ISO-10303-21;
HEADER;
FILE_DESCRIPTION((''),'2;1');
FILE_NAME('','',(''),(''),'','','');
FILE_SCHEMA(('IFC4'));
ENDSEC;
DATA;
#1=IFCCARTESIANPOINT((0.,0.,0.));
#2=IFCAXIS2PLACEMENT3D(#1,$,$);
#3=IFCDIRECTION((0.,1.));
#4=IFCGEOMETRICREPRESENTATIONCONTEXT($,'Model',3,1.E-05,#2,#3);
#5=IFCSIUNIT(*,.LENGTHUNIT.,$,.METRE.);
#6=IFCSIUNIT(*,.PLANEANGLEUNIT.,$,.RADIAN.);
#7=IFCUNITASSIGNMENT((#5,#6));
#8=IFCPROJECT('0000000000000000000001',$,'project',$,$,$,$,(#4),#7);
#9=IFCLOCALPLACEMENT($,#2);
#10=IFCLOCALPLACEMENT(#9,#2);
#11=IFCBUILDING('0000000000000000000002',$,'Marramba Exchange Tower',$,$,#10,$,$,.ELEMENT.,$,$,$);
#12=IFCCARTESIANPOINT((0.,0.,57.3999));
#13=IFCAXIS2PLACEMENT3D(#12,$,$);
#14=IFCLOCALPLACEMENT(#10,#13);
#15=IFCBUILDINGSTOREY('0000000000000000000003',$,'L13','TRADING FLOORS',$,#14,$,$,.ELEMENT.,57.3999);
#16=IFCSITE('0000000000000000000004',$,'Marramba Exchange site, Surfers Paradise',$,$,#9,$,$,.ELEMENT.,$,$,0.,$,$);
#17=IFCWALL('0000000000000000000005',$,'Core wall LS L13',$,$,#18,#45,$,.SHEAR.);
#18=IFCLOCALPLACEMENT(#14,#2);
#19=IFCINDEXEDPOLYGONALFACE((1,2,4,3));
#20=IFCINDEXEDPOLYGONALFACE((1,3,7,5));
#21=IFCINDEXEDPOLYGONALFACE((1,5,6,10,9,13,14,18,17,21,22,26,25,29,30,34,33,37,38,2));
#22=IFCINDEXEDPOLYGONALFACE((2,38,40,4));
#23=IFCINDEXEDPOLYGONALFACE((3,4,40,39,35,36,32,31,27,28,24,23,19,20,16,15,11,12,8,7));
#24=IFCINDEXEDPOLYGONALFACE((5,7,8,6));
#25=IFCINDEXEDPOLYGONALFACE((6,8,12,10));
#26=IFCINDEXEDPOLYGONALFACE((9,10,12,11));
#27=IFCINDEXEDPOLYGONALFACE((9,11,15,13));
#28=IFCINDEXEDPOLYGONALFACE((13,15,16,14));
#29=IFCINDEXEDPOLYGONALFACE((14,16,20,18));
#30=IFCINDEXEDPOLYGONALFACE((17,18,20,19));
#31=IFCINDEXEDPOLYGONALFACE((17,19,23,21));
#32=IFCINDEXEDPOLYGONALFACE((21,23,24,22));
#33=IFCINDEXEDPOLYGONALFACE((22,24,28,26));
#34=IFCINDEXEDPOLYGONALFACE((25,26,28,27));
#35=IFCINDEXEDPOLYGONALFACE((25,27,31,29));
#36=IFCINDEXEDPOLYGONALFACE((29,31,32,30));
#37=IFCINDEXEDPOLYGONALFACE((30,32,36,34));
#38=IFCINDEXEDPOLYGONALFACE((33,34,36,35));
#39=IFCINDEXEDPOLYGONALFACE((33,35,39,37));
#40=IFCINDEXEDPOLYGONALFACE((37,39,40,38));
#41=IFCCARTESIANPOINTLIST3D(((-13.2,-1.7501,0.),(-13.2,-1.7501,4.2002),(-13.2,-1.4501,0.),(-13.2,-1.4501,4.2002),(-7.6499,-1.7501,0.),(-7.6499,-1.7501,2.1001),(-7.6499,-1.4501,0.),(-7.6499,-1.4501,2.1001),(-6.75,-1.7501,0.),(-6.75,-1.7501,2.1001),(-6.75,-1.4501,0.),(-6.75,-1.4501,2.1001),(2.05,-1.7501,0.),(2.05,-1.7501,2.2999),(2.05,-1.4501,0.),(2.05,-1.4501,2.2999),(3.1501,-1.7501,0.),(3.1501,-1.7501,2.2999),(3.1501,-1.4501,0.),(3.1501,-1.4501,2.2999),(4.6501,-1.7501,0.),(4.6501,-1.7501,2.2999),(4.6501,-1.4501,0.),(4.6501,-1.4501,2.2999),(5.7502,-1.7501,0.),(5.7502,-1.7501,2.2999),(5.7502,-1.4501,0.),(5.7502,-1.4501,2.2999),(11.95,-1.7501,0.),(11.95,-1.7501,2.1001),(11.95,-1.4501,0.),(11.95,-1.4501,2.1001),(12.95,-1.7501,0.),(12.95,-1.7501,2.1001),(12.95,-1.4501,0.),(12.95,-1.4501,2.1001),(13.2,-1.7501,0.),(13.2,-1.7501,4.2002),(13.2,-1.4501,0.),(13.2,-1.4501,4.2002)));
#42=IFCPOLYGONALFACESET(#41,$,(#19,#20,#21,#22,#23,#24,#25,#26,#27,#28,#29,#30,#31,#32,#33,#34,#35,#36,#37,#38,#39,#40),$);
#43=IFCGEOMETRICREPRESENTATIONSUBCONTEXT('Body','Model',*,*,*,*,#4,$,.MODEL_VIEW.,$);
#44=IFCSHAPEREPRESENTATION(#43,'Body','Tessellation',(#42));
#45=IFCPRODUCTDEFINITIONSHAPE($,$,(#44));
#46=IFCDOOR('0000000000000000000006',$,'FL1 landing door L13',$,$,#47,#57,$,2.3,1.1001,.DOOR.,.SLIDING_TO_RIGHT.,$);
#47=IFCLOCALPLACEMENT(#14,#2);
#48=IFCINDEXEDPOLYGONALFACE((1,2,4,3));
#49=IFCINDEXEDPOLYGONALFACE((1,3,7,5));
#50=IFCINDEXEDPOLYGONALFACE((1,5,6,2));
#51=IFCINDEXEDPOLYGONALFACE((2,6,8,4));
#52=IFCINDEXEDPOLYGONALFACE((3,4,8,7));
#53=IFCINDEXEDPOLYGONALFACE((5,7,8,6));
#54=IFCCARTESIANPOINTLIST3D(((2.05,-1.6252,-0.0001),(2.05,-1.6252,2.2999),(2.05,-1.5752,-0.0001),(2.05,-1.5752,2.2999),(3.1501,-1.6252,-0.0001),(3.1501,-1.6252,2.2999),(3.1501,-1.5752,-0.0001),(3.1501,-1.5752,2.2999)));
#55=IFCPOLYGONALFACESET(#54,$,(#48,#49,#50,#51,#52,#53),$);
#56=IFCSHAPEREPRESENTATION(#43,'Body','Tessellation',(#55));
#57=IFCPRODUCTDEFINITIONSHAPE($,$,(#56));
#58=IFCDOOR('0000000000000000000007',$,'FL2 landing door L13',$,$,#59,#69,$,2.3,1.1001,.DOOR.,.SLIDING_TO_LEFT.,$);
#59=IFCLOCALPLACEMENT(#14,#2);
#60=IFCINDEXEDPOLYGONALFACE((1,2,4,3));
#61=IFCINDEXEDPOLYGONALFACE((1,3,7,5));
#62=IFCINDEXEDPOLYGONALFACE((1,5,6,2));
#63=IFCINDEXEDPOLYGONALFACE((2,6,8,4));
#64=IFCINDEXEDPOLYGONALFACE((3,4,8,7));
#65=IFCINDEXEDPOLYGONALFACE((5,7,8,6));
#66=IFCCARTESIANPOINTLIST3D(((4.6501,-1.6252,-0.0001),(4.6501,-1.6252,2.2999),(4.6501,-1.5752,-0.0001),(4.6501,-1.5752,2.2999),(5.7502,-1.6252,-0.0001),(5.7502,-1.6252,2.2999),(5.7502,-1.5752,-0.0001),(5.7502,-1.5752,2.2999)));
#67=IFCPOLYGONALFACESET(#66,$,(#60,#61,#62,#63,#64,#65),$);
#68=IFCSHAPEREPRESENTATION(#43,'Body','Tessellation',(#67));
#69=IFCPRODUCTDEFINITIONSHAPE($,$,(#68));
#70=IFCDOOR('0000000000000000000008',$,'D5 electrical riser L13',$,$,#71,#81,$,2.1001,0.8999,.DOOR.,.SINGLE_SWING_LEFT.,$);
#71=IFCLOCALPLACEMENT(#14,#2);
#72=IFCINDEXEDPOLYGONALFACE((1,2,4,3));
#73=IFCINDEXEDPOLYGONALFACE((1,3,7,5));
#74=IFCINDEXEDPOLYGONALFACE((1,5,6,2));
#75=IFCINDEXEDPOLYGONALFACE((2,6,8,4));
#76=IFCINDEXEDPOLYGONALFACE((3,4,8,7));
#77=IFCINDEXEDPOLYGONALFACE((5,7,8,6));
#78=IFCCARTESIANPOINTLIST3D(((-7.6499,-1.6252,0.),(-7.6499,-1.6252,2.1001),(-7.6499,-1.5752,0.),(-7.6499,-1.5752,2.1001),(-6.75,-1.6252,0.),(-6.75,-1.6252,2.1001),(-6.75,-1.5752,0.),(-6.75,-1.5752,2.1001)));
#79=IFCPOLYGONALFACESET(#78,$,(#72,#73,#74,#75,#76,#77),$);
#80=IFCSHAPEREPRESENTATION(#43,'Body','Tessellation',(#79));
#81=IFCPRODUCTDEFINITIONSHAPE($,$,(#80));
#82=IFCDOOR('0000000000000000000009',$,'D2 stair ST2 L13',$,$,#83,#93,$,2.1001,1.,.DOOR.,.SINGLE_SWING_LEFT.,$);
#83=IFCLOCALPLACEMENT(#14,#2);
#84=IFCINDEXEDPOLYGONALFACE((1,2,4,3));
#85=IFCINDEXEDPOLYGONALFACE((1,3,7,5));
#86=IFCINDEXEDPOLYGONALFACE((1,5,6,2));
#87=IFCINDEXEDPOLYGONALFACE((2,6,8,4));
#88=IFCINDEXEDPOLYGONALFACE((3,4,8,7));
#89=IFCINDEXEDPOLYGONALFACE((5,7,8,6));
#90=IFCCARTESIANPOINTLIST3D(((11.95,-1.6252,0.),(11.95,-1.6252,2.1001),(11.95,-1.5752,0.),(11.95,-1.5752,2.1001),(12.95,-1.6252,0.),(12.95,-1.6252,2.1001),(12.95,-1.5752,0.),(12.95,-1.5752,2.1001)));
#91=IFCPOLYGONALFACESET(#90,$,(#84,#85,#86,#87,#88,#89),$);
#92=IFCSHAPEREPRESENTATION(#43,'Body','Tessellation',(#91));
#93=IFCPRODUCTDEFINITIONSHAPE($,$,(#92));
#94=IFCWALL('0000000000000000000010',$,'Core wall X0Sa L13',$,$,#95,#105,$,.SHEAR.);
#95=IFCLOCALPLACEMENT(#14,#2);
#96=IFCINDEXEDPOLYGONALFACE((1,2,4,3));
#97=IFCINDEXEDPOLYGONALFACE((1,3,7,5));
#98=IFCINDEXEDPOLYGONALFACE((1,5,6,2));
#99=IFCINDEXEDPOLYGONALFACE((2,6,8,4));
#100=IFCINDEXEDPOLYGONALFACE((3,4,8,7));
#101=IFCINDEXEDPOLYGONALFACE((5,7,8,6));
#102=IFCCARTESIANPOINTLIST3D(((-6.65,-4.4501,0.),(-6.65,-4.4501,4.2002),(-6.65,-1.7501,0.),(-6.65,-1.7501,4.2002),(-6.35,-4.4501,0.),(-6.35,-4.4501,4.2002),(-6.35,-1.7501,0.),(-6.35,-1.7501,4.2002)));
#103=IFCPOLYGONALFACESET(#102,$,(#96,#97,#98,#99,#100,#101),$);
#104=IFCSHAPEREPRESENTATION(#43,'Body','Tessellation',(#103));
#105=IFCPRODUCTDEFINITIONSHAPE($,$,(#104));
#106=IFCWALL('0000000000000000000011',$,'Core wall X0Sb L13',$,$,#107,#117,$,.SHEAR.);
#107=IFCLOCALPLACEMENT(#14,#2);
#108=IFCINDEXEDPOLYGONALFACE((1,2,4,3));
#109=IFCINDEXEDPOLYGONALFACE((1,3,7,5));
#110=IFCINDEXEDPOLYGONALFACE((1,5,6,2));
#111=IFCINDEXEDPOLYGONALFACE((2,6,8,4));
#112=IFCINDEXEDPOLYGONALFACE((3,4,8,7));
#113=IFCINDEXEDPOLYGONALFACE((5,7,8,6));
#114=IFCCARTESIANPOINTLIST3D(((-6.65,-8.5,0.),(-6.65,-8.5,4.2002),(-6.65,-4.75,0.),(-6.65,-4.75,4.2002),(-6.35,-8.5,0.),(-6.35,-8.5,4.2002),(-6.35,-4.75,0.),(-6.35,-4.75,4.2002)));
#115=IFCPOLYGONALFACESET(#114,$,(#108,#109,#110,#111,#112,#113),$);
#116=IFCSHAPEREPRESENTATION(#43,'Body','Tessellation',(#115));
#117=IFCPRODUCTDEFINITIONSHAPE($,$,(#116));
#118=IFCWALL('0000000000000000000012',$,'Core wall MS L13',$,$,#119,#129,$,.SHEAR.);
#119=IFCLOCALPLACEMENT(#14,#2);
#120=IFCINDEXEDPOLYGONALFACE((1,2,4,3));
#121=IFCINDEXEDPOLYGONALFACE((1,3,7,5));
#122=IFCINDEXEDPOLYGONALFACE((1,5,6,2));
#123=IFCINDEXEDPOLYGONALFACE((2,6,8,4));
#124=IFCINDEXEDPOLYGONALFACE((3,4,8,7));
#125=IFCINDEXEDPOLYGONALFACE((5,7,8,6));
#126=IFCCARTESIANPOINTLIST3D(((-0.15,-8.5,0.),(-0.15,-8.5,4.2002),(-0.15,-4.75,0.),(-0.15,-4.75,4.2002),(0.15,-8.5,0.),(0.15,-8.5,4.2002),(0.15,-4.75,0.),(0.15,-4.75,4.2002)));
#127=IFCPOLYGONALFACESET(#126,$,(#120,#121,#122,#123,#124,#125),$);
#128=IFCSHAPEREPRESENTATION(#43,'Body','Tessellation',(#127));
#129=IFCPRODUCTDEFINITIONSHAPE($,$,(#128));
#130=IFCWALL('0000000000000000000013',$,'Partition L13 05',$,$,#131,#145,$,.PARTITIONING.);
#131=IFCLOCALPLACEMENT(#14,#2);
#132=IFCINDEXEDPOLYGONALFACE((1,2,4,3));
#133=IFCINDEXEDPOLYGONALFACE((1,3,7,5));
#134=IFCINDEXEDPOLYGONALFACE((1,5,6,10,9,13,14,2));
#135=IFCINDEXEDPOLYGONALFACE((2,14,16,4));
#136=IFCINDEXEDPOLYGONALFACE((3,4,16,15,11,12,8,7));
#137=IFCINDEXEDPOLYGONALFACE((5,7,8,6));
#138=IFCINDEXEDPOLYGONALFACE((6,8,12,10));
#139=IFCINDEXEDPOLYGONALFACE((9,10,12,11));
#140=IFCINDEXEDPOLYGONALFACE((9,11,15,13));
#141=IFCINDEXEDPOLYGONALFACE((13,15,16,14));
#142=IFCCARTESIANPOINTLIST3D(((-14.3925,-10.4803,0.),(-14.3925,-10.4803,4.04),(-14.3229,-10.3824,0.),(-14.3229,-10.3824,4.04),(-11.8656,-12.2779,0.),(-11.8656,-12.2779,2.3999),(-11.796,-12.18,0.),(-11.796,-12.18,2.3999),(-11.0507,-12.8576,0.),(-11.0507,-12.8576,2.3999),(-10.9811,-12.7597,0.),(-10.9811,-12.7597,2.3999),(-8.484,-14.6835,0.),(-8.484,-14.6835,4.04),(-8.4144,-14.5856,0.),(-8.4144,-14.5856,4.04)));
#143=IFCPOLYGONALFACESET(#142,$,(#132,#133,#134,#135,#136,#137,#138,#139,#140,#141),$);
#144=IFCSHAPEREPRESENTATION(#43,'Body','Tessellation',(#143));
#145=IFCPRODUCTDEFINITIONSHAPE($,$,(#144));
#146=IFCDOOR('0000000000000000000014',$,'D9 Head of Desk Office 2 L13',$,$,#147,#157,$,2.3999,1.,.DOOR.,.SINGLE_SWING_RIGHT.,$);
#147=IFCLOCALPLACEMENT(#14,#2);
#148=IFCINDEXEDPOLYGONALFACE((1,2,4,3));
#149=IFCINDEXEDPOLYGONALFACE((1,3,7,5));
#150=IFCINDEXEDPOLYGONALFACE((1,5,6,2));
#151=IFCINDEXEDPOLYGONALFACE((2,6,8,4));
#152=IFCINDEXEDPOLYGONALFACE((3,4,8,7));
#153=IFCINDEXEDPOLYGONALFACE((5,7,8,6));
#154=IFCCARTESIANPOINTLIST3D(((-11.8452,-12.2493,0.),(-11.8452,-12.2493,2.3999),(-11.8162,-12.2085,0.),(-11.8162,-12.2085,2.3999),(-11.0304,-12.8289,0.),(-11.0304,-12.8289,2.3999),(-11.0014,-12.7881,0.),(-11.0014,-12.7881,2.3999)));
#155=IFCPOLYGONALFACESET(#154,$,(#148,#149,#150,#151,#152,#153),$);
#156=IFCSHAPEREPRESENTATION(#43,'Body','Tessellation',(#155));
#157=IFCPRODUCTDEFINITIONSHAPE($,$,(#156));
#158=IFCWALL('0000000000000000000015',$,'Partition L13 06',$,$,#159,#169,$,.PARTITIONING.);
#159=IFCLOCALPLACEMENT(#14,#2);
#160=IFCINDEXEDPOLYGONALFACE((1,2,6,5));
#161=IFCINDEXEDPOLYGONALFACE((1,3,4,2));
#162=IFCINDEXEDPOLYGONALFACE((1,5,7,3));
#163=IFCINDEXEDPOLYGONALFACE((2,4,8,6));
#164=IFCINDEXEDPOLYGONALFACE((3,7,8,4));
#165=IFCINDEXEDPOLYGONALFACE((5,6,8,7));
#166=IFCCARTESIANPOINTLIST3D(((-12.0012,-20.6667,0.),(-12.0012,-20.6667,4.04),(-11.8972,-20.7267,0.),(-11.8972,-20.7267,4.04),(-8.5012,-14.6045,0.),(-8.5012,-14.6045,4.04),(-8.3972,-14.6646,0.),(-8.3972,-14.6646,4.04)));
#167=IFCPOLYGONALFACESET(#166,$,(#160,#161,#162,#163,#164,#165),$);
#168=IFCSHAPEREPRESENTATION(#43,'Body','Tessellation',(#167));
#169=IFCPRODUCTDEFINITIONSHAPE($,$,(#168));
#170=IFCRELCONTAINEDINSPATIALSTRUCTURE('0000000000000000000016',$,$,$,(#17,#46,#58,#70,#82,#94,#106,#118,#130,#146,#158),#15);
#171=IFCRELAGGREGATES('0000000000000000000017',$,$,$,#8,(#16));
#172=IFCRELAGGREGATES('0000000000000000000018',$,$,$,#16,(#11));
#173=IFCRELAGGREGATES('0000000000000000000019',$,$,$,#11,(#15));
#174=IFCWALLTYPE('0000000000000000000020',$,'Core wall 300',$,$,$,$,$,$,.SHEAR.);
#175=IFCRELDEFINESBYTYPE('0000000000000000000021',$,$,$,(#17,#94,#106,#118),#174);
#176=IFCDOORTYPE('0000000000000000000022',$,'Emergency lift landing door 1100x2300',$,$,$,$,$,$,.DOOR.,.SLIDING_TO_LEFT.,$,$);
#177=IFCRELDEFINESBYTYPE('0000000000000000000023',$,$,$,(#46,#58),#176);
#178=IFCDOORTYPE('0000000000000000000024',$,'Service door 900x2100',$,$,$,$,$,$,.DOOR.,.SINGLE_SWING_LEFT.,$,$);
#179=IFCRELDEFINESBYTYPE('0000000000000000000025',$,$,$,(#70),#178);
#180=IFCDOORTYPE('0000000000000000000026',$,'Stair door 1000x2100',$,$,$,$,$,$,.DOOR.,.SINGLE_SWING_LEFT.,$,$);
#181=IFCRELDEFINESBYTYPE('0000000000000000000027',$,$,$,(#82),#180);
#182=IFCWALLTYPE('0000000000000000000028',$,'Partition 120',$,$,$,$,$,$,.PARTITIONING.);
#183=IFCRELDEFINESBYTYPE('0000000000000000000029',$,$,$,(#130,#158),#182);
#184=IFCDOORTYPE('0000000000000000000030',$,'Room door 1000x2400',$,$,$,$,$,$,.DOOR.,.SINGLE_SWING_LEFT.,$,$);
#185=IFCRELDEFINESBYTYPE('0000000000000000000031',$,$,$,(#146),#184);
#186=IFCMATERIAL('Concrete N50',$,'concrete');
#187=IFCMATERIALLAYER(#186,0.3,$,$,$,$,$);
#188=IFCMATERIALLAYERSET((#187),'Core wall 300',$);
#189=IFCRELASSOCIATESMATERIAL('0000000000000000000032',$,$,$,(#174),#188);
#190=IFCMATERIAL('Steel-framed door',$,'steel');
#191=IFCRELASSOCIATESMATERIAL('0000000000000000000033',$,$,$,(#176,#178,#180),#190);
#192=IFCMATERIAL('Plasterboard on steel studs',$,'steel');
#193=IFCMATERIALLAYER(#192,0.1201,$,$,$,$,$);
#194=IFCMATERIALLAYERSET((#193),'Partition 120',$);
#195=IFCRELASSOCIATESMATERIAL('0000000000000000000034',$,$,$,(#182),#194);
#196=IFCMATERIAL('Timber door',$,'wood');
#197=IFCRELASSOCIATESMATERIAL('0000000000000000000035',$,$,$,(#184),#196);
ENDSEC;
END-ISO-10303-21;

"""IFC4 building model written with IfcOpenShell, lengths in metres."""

from ifc_helpers import new_model, si_unit, direction, frame, frame_2d, origin, place, context, subcontext, project, spatial, rectangle, extrude, material, layer, layer_set, type_object, element, fill, save


model = new_model("IFC4")

# Units and contexts
model_context = context("Model", 3, precision=1e-05, world=origin(), true_north=direction((0.0, 1.0)))
body_context = subcontext(model_context, "Body", "Model", "MODEL_VIEW")
ifc_project = project(units=[si_unit("LENGTHUNIT", "METRE"), si_unit("PLANEANGLEUNIT", "RADIAN")], contexts=[model_context])

# Site, building, storey
site_placement = place(None, origin())
site = spatial("IfcSite", under=ifc_project, at=site_placement, Name="Marramba Exchange site, Surfers Paradise", CompositionType="ELEMENT", RefElevation=0.0)
building_placement = place(site_placement, origin())
building = spatial("IfcBuilding", under=site, at=building_placement, Name="Marramba Exchange Tower", CompositionType="ELEMENT")
storey_placement = place(building_placement, frame((0.0, 0.0, 57.3999)))
storey = spatial("IfcBuildingStorey", under=building, at=storey_placement, Name="L13", Description="TRADING FLOORS", CompositionType="ELEMENT", Elevation=57.3999)

# Shared definitions
ifc_material_1 = material(Name="Concrete N50", Category="concrete")

# Wall, openings, doors
ifc_layer_1 = layer(ifc_material_1, 0.3)
ifc_layer_set_1 = layer_set([ifc_layer_1], Name="Core wall 300")
wall_type_1 = type_object("IfcWallType", Name="Core wall 300", PredefinedType="SHEAR", material=ifc_layer_set_1)
wall_1_placement = place(storey_placement, frame((-13.2, -1.6001, 0.0), z_axis=(0.0, 0.0, 1.0), x_axis=(1.0, 0.0, 0.0)))
wall_1 = element("IfcWall", 1, at=wall_1_placement, inside=storey, type_object=wall_type_1, Name="Core wall LS L13", PredefinedType="SHEAR", context=body_context, shape_type="SweptSolid", body=[
    extrude(rectangle(XDim=26.3999, YDim=0.3, at=frame_2d((13.2, 0.0))), origin(), (0.0, 0.0, 1.0), 4.2002),
])
opening_1_placement = place(wall_1_placement, frame((25.1499, 0.0, 0.0)))
opening_1 = element("IfcOpeningElement", 2, at=opening_1_placement, cuts=wall_1, PredefinedType="OPENING", context=body_context, shape_type="SweptSolid", body=[
    extrude(rectangle(XDim=1.0, YDim=2.1001, at=frame_2d((0.5, 1.05))), frame((0.0, 0.1599, 0.0), z_axis=(0.0, -1.0, 0.0), x_axis=(1.0, 0.0, 0.0)), (0.0, 0.0, 1.0), 0.3201),
])
opening_2_placement = place(wall_1_placement, frame((15.25, 0.0, 0.0)))
opening_2 = element("IfcOpeningElement", 3, at=opening_2_placement, cuts=wall_1, PredefinedType="OPENING", context=body_context, shape_type="SweptSolid", body=[
    extrude(rectangle(XDim=1.1001, YDim=2.3, at=frame_2d((0.55, 1.1499))), frame((0.0, 0.1599, 0.0), z_axis=(0.0, -1.0, 0.0), x_axis=(1.0, 0.0, 0.0)), (0.0, 0.0, 1.0), 0.3201),
])
opening_3_placement = place(wall_1_placement, frame((17.8501, 0.0, 0.0)))
opening_3 = element("IfcOpeningElement", 4, at=opening_3_placement, cuts=wall_1, PredefinedType="OPENING", context=body_context, shape_type="SweptSolid", body=[
    extrude(rectangle(XDim=1.1001, YDim=2.3, at=frame_2d((0.55, 1.1499))), frame((0.0, 0.1599, 0.0), z_axis=(0.0, -1.0, 0.0), x_axis=(1.0, 0.0, 0.0)), (0.0, 0.0, 1.0), 0.3201),
])
opening_4_placement = place(wall_1_placement, frame((5.55, 0.0, 0.0)))
opening_4 = element("IfcOpeningElement", 5, at=opening_4_placement, cuts=wall_1, PredefinedType="OPENING", context=body_context, shape_type="SweptSolid", body=[
    extrude(rectangle(XDim=0.8999, YDim=2.1001, at=frame_2d((0.45, 1.05))), frame((0.0, 0.1599, 0.0), z_axis=(0.0, -1.0, 0.0), x_axis=(1.0, 0.0, 0.0)), (0.0, 0.0, 1.0), 0.3201),
])
ifc_material_2 = material(Name="Steel-framed door", Category="steel")
door_type_1 = type_object("IfcDoorType", Name="Emergency lift landing door 1100x2300", OperationType="SLIDING_TO_LEFT", PredefinedType="DOOR", material=ifc_material_2)
door_1_placement = place(opening_2_placement, frame((1.1001, 0.0, 0.0), z_axis=(0.0, 0.0, 1.0), x_axis=(-1.0, 0.0, 0.0)))
door_1 = element("IfcDoor", 6, at=door_1_placement, inside=storey, type_object=door_type_1, Name="FL1 landing door L13", OperationType="SLIDING_TO_RIGHT", OverallHeight=2.3, OverallWidth=1.1001, PredefinedType="DOOR", context=body_context, shape_type="SweptSolid", body=[
    extrude(rectangle(XDim=1.1001, YDim=2.3, at=frame_2d((0.55, 1.1499))), frame((0.0, 0.0251, 0.0), z_axis=(0.0, -1.0, 0.0), x_axis=(1.0, 0.0, 0.0)), (0.0, 0.0, 1.0), 0.05),
])
fill(opening_2, door_1)
door_2_placement = place(opening_3_placement, frame((1.1001, 0.0, 0.0), z_axis=(0.0, 0.0, 1.0), x_axis=(-1.0, 0.0, 0.0)))
door_2 = element("IfcDoor", 7, at=door_2_placement, inside=storey, type_object=door_type_1, Name="FL2 landing door L13", OperationType="SLIDING_TO_LEFT", OverallHeight=2.3, OverallWidth=1.1001, PredefinedType="DOOR", context=body_context, shape_type="SweptSolid", body=[
    extrude(rectangle(XDim=1.1001, YDim=2.3, at=frame_2d((0.55, 1.1499))), frame((0.0, 0.0251, 0.0), z_axis=(0.0, -1.0, 0.0), x_axis=(1.0, 0.0, 0.0)), (0.0, 0.0, 1.0), 0.05),
])
fill(opening_3, door_2)
door_type_2 = type_object("IfcDoorType", Name="Service door 900x2100", OperationType="SINGLE_SWING_LEFT", PredefinedType="DOOR", material=ifc_material_2)
door_3_placement = place(opening_4_placement, frame((0.8999, 0.0, 0.0), z_axis=(0.0, 0.0, 1.0), x_axis=(-1.0, 0.0, 0.0)))
door_3 = element("IfcDoor", 8, at=door_3_placement, inside=storey, type_object=door_type_2, Name="D5 electrical riser L13", OperationType="SINGLE_SWING_LEFT", OverallHeight=2.1001, OverallWidth=0.8999, PredefinedType="DOOR", context=body_context, shape_type="SweptSolid", body=[
    extrude(rectangle(XDim=0.8999, YDim=2.1001, at=frame_2d((0.45, 1.05))), frame((0.0, 0.0251, 0.0), z_axis=(0.0, -1.0, 0.0), x_axis=(1.0, 0.0, 0.0)), (0.0, 0.0, 1.0), 0.05),
])
fill(opening_4, door_3)
door_type_3 = type_object("IfcDoorType", Name="Stair door 1000x2100", OperationType="SINGLE_SWING_LEFT", PredefinedType="DOOR", material=ifc_material_2)
door_4_placement = place(opening_1_placement, frame((1.0, 0.0, 0.0), z_axis=(0.0, 0.0, 1.0), x_axis=(-1.0, 0.0, 0.0)))
door_4 = element("IfcDoor", 9, at=door_4_placement, inside=storey, type_object=door_type_3, Name="D2 stair ST2 L13", OperationType="SINGLE_SWING_LEFT", OverallHeight=2.1001, OverallWidth=1.0, PredefinedType="DOOR", context=body_context, shape_type="SweptSolid", body=[
    extrude(rectangle(XDim=1.0, YDim=2.1001, at=frame_2d((0.5, 1.05))), frame((0.0, 0.0251, 0.0), z_axis=(0.0, -1.0, 0.0), x_axis=(1.0, 0.0, 0.0)), (0.0, 0.0, 1.0), 0.05),
])
fill(opening_1, door_4)

# Walls
wall_2_placement = place(storey_placement, frame((-6.5, -1.75, 0.0), z_axis=(0.0, 0.0, 1.0), x_axis=(0.0, -1.0, 0.0)))
element("IfcWall", 10, at=wall_2_placement, inside=storey, type_object=wall_type_1, Name="Core wall X0Sa L13", PredefinedType="SHEAR", context=body_context, shape_type="SweptSolid", body=[
    extrude(rectangle(XDim=2.7, YDim=0.3, at=frame_2d((1.3501, 0.0))), origin(), (0.0, 0.0, 1.0), 4.2002),
])
for number, where, z_axis, x_axis, name in (
    (11, (-6.5, -4.75, 0.0), (0.0, 0.0, 1.0), (0.0, -1.0, 0.0), "Core wall X0Sb L13"),
    (12, (0.0, -4.75, 0.0), (0.0, 0.0, 1.0), (0.0, -1.0, 0.0), "Core wall MS L13"),
):
    element("IfcWall", number, at=place(storey_placement, frame(where, z_axis=z_axis, x_axis=x_axis)), inside=storey, type_object=wall_type_1, Name=name, PredefinedType="SHEAR", context=body_context, shape_type="SweptSolid", body=[
        extrude(rectangle(XDim=3.75, YDim=0.3, at=frame_2d((1.875, 0.0))), origin(), (0.0, 0.0, 1.0), 4.2002),
    ])

# Wall, opening, door
ifc_material_3 = material(Name="Plasterboard on steel studs", Category="steel")
ifc_layer_2 = layer(ifc_material_3, 0.1201)
ifc_layer_set_2 = layer_set([ifc_layer_2], Name="Partition 120")
wall_type_2 = type_object("IfcWallType", Name="Partition 120", PredefinedType="PARTITIONING", material=ifc_layer_set_2)
wall_3_placement = place(storey_placement, frame((-8.4492, -14.6345, 0.0), z_axis=(0.0, 0.0, 1.0), x_axis=(-0.814854, 0.579667, 0.0)))
wall_3 = element("IfcWall", 13, at=wall_3_placement, inside=storey, type_object=wall_type_2, Name="Partition L13 05", PredefinedType="PARTITIONING", context=body_context, shape_type="SweptSolid", body=[
    extrude(rectangle(XDim=7.251, YDim=0.1201, at=frame_2d((3.6255, 0.0))), origin(), (0.0, 0.0, 1.0), 4.04),
])
opening_5_placement = place(wall_3_placement, frame((3.1499, 0.0, 0.0)))
opening_5 = element("IfcOpeningElement", 14, at=opening_5_placement, cuts=wall_3, PredefinedType="OPENING", context=body_context, shape_type="SweptSolid", body=[
    extrude(rectangle(XDim=1.0, YDim=2.3999, at=frame_2d((0.5, 1.2))), frame((0.0, 0.0701, 0.0), z_axis=(0.0, -1.0, 0.0), x_axis=(1.0, 0.0, 0.0)), (0.0, 0.0, 1.0), 0.1401),
])
ifc_material_4 = material(Name="Timber door", Category="wood")
door_type_4 = type_object("IfcDoorType", Name="Room door 1000x2400", OperationType="SINGLE_SWING_LEFT", PredefinedType="DOOR", material=ifc_material_4)
door_5_placement = place(opening_5_placement, origin())
door_5 = element("IfcDoor", 15, at=door_5_placement, inside=storey, type_object=door_type_4, Name="D9 Head of Desk Office 2 L13", OperationType="SINGLE_SWING_RIGHT", OverallHeight=2.3999, OverallWidth=1.0, PredefinedType="DOOR", context=body_context, shape_type="SweptSolid", body=[
    extrude(rectangle(XDim=1.0, YDim=2.3999, at=frame_2d((0.5, 1.2))), frame((0.0, 0.0249, 0.0), z_axis=(0.0, -1.0, 0.0), x_axis=(1.0, 0.0, 0.0)), (0.0, 0.0, 1.0), 0.05),
])
fill(opening_5, door_5)

# Wall
wall_4_placement = place(storey_placement, frame((-8.4492, -14.6345, 0.0), z_axis=(0.0, 0.0, 1.0), x_axis=(-0.499995, -0.866028, 0.0)))
element("IfcWall", 16, at=wall_4_placement, inside=storey, type_object=wall_type_2, Name="Partition L13 06", PredefinedType="PARTITIONING", context=body_context, shape_type="SweptSolid", body=[
    extrude(rectangle(XDim=7.0, YDim=0.1201, at=frame_2d((3.5, 0.0))), origin(), (0.0, 0.0, 1.0), 4.04),
])

save(model, "model.ifc")
